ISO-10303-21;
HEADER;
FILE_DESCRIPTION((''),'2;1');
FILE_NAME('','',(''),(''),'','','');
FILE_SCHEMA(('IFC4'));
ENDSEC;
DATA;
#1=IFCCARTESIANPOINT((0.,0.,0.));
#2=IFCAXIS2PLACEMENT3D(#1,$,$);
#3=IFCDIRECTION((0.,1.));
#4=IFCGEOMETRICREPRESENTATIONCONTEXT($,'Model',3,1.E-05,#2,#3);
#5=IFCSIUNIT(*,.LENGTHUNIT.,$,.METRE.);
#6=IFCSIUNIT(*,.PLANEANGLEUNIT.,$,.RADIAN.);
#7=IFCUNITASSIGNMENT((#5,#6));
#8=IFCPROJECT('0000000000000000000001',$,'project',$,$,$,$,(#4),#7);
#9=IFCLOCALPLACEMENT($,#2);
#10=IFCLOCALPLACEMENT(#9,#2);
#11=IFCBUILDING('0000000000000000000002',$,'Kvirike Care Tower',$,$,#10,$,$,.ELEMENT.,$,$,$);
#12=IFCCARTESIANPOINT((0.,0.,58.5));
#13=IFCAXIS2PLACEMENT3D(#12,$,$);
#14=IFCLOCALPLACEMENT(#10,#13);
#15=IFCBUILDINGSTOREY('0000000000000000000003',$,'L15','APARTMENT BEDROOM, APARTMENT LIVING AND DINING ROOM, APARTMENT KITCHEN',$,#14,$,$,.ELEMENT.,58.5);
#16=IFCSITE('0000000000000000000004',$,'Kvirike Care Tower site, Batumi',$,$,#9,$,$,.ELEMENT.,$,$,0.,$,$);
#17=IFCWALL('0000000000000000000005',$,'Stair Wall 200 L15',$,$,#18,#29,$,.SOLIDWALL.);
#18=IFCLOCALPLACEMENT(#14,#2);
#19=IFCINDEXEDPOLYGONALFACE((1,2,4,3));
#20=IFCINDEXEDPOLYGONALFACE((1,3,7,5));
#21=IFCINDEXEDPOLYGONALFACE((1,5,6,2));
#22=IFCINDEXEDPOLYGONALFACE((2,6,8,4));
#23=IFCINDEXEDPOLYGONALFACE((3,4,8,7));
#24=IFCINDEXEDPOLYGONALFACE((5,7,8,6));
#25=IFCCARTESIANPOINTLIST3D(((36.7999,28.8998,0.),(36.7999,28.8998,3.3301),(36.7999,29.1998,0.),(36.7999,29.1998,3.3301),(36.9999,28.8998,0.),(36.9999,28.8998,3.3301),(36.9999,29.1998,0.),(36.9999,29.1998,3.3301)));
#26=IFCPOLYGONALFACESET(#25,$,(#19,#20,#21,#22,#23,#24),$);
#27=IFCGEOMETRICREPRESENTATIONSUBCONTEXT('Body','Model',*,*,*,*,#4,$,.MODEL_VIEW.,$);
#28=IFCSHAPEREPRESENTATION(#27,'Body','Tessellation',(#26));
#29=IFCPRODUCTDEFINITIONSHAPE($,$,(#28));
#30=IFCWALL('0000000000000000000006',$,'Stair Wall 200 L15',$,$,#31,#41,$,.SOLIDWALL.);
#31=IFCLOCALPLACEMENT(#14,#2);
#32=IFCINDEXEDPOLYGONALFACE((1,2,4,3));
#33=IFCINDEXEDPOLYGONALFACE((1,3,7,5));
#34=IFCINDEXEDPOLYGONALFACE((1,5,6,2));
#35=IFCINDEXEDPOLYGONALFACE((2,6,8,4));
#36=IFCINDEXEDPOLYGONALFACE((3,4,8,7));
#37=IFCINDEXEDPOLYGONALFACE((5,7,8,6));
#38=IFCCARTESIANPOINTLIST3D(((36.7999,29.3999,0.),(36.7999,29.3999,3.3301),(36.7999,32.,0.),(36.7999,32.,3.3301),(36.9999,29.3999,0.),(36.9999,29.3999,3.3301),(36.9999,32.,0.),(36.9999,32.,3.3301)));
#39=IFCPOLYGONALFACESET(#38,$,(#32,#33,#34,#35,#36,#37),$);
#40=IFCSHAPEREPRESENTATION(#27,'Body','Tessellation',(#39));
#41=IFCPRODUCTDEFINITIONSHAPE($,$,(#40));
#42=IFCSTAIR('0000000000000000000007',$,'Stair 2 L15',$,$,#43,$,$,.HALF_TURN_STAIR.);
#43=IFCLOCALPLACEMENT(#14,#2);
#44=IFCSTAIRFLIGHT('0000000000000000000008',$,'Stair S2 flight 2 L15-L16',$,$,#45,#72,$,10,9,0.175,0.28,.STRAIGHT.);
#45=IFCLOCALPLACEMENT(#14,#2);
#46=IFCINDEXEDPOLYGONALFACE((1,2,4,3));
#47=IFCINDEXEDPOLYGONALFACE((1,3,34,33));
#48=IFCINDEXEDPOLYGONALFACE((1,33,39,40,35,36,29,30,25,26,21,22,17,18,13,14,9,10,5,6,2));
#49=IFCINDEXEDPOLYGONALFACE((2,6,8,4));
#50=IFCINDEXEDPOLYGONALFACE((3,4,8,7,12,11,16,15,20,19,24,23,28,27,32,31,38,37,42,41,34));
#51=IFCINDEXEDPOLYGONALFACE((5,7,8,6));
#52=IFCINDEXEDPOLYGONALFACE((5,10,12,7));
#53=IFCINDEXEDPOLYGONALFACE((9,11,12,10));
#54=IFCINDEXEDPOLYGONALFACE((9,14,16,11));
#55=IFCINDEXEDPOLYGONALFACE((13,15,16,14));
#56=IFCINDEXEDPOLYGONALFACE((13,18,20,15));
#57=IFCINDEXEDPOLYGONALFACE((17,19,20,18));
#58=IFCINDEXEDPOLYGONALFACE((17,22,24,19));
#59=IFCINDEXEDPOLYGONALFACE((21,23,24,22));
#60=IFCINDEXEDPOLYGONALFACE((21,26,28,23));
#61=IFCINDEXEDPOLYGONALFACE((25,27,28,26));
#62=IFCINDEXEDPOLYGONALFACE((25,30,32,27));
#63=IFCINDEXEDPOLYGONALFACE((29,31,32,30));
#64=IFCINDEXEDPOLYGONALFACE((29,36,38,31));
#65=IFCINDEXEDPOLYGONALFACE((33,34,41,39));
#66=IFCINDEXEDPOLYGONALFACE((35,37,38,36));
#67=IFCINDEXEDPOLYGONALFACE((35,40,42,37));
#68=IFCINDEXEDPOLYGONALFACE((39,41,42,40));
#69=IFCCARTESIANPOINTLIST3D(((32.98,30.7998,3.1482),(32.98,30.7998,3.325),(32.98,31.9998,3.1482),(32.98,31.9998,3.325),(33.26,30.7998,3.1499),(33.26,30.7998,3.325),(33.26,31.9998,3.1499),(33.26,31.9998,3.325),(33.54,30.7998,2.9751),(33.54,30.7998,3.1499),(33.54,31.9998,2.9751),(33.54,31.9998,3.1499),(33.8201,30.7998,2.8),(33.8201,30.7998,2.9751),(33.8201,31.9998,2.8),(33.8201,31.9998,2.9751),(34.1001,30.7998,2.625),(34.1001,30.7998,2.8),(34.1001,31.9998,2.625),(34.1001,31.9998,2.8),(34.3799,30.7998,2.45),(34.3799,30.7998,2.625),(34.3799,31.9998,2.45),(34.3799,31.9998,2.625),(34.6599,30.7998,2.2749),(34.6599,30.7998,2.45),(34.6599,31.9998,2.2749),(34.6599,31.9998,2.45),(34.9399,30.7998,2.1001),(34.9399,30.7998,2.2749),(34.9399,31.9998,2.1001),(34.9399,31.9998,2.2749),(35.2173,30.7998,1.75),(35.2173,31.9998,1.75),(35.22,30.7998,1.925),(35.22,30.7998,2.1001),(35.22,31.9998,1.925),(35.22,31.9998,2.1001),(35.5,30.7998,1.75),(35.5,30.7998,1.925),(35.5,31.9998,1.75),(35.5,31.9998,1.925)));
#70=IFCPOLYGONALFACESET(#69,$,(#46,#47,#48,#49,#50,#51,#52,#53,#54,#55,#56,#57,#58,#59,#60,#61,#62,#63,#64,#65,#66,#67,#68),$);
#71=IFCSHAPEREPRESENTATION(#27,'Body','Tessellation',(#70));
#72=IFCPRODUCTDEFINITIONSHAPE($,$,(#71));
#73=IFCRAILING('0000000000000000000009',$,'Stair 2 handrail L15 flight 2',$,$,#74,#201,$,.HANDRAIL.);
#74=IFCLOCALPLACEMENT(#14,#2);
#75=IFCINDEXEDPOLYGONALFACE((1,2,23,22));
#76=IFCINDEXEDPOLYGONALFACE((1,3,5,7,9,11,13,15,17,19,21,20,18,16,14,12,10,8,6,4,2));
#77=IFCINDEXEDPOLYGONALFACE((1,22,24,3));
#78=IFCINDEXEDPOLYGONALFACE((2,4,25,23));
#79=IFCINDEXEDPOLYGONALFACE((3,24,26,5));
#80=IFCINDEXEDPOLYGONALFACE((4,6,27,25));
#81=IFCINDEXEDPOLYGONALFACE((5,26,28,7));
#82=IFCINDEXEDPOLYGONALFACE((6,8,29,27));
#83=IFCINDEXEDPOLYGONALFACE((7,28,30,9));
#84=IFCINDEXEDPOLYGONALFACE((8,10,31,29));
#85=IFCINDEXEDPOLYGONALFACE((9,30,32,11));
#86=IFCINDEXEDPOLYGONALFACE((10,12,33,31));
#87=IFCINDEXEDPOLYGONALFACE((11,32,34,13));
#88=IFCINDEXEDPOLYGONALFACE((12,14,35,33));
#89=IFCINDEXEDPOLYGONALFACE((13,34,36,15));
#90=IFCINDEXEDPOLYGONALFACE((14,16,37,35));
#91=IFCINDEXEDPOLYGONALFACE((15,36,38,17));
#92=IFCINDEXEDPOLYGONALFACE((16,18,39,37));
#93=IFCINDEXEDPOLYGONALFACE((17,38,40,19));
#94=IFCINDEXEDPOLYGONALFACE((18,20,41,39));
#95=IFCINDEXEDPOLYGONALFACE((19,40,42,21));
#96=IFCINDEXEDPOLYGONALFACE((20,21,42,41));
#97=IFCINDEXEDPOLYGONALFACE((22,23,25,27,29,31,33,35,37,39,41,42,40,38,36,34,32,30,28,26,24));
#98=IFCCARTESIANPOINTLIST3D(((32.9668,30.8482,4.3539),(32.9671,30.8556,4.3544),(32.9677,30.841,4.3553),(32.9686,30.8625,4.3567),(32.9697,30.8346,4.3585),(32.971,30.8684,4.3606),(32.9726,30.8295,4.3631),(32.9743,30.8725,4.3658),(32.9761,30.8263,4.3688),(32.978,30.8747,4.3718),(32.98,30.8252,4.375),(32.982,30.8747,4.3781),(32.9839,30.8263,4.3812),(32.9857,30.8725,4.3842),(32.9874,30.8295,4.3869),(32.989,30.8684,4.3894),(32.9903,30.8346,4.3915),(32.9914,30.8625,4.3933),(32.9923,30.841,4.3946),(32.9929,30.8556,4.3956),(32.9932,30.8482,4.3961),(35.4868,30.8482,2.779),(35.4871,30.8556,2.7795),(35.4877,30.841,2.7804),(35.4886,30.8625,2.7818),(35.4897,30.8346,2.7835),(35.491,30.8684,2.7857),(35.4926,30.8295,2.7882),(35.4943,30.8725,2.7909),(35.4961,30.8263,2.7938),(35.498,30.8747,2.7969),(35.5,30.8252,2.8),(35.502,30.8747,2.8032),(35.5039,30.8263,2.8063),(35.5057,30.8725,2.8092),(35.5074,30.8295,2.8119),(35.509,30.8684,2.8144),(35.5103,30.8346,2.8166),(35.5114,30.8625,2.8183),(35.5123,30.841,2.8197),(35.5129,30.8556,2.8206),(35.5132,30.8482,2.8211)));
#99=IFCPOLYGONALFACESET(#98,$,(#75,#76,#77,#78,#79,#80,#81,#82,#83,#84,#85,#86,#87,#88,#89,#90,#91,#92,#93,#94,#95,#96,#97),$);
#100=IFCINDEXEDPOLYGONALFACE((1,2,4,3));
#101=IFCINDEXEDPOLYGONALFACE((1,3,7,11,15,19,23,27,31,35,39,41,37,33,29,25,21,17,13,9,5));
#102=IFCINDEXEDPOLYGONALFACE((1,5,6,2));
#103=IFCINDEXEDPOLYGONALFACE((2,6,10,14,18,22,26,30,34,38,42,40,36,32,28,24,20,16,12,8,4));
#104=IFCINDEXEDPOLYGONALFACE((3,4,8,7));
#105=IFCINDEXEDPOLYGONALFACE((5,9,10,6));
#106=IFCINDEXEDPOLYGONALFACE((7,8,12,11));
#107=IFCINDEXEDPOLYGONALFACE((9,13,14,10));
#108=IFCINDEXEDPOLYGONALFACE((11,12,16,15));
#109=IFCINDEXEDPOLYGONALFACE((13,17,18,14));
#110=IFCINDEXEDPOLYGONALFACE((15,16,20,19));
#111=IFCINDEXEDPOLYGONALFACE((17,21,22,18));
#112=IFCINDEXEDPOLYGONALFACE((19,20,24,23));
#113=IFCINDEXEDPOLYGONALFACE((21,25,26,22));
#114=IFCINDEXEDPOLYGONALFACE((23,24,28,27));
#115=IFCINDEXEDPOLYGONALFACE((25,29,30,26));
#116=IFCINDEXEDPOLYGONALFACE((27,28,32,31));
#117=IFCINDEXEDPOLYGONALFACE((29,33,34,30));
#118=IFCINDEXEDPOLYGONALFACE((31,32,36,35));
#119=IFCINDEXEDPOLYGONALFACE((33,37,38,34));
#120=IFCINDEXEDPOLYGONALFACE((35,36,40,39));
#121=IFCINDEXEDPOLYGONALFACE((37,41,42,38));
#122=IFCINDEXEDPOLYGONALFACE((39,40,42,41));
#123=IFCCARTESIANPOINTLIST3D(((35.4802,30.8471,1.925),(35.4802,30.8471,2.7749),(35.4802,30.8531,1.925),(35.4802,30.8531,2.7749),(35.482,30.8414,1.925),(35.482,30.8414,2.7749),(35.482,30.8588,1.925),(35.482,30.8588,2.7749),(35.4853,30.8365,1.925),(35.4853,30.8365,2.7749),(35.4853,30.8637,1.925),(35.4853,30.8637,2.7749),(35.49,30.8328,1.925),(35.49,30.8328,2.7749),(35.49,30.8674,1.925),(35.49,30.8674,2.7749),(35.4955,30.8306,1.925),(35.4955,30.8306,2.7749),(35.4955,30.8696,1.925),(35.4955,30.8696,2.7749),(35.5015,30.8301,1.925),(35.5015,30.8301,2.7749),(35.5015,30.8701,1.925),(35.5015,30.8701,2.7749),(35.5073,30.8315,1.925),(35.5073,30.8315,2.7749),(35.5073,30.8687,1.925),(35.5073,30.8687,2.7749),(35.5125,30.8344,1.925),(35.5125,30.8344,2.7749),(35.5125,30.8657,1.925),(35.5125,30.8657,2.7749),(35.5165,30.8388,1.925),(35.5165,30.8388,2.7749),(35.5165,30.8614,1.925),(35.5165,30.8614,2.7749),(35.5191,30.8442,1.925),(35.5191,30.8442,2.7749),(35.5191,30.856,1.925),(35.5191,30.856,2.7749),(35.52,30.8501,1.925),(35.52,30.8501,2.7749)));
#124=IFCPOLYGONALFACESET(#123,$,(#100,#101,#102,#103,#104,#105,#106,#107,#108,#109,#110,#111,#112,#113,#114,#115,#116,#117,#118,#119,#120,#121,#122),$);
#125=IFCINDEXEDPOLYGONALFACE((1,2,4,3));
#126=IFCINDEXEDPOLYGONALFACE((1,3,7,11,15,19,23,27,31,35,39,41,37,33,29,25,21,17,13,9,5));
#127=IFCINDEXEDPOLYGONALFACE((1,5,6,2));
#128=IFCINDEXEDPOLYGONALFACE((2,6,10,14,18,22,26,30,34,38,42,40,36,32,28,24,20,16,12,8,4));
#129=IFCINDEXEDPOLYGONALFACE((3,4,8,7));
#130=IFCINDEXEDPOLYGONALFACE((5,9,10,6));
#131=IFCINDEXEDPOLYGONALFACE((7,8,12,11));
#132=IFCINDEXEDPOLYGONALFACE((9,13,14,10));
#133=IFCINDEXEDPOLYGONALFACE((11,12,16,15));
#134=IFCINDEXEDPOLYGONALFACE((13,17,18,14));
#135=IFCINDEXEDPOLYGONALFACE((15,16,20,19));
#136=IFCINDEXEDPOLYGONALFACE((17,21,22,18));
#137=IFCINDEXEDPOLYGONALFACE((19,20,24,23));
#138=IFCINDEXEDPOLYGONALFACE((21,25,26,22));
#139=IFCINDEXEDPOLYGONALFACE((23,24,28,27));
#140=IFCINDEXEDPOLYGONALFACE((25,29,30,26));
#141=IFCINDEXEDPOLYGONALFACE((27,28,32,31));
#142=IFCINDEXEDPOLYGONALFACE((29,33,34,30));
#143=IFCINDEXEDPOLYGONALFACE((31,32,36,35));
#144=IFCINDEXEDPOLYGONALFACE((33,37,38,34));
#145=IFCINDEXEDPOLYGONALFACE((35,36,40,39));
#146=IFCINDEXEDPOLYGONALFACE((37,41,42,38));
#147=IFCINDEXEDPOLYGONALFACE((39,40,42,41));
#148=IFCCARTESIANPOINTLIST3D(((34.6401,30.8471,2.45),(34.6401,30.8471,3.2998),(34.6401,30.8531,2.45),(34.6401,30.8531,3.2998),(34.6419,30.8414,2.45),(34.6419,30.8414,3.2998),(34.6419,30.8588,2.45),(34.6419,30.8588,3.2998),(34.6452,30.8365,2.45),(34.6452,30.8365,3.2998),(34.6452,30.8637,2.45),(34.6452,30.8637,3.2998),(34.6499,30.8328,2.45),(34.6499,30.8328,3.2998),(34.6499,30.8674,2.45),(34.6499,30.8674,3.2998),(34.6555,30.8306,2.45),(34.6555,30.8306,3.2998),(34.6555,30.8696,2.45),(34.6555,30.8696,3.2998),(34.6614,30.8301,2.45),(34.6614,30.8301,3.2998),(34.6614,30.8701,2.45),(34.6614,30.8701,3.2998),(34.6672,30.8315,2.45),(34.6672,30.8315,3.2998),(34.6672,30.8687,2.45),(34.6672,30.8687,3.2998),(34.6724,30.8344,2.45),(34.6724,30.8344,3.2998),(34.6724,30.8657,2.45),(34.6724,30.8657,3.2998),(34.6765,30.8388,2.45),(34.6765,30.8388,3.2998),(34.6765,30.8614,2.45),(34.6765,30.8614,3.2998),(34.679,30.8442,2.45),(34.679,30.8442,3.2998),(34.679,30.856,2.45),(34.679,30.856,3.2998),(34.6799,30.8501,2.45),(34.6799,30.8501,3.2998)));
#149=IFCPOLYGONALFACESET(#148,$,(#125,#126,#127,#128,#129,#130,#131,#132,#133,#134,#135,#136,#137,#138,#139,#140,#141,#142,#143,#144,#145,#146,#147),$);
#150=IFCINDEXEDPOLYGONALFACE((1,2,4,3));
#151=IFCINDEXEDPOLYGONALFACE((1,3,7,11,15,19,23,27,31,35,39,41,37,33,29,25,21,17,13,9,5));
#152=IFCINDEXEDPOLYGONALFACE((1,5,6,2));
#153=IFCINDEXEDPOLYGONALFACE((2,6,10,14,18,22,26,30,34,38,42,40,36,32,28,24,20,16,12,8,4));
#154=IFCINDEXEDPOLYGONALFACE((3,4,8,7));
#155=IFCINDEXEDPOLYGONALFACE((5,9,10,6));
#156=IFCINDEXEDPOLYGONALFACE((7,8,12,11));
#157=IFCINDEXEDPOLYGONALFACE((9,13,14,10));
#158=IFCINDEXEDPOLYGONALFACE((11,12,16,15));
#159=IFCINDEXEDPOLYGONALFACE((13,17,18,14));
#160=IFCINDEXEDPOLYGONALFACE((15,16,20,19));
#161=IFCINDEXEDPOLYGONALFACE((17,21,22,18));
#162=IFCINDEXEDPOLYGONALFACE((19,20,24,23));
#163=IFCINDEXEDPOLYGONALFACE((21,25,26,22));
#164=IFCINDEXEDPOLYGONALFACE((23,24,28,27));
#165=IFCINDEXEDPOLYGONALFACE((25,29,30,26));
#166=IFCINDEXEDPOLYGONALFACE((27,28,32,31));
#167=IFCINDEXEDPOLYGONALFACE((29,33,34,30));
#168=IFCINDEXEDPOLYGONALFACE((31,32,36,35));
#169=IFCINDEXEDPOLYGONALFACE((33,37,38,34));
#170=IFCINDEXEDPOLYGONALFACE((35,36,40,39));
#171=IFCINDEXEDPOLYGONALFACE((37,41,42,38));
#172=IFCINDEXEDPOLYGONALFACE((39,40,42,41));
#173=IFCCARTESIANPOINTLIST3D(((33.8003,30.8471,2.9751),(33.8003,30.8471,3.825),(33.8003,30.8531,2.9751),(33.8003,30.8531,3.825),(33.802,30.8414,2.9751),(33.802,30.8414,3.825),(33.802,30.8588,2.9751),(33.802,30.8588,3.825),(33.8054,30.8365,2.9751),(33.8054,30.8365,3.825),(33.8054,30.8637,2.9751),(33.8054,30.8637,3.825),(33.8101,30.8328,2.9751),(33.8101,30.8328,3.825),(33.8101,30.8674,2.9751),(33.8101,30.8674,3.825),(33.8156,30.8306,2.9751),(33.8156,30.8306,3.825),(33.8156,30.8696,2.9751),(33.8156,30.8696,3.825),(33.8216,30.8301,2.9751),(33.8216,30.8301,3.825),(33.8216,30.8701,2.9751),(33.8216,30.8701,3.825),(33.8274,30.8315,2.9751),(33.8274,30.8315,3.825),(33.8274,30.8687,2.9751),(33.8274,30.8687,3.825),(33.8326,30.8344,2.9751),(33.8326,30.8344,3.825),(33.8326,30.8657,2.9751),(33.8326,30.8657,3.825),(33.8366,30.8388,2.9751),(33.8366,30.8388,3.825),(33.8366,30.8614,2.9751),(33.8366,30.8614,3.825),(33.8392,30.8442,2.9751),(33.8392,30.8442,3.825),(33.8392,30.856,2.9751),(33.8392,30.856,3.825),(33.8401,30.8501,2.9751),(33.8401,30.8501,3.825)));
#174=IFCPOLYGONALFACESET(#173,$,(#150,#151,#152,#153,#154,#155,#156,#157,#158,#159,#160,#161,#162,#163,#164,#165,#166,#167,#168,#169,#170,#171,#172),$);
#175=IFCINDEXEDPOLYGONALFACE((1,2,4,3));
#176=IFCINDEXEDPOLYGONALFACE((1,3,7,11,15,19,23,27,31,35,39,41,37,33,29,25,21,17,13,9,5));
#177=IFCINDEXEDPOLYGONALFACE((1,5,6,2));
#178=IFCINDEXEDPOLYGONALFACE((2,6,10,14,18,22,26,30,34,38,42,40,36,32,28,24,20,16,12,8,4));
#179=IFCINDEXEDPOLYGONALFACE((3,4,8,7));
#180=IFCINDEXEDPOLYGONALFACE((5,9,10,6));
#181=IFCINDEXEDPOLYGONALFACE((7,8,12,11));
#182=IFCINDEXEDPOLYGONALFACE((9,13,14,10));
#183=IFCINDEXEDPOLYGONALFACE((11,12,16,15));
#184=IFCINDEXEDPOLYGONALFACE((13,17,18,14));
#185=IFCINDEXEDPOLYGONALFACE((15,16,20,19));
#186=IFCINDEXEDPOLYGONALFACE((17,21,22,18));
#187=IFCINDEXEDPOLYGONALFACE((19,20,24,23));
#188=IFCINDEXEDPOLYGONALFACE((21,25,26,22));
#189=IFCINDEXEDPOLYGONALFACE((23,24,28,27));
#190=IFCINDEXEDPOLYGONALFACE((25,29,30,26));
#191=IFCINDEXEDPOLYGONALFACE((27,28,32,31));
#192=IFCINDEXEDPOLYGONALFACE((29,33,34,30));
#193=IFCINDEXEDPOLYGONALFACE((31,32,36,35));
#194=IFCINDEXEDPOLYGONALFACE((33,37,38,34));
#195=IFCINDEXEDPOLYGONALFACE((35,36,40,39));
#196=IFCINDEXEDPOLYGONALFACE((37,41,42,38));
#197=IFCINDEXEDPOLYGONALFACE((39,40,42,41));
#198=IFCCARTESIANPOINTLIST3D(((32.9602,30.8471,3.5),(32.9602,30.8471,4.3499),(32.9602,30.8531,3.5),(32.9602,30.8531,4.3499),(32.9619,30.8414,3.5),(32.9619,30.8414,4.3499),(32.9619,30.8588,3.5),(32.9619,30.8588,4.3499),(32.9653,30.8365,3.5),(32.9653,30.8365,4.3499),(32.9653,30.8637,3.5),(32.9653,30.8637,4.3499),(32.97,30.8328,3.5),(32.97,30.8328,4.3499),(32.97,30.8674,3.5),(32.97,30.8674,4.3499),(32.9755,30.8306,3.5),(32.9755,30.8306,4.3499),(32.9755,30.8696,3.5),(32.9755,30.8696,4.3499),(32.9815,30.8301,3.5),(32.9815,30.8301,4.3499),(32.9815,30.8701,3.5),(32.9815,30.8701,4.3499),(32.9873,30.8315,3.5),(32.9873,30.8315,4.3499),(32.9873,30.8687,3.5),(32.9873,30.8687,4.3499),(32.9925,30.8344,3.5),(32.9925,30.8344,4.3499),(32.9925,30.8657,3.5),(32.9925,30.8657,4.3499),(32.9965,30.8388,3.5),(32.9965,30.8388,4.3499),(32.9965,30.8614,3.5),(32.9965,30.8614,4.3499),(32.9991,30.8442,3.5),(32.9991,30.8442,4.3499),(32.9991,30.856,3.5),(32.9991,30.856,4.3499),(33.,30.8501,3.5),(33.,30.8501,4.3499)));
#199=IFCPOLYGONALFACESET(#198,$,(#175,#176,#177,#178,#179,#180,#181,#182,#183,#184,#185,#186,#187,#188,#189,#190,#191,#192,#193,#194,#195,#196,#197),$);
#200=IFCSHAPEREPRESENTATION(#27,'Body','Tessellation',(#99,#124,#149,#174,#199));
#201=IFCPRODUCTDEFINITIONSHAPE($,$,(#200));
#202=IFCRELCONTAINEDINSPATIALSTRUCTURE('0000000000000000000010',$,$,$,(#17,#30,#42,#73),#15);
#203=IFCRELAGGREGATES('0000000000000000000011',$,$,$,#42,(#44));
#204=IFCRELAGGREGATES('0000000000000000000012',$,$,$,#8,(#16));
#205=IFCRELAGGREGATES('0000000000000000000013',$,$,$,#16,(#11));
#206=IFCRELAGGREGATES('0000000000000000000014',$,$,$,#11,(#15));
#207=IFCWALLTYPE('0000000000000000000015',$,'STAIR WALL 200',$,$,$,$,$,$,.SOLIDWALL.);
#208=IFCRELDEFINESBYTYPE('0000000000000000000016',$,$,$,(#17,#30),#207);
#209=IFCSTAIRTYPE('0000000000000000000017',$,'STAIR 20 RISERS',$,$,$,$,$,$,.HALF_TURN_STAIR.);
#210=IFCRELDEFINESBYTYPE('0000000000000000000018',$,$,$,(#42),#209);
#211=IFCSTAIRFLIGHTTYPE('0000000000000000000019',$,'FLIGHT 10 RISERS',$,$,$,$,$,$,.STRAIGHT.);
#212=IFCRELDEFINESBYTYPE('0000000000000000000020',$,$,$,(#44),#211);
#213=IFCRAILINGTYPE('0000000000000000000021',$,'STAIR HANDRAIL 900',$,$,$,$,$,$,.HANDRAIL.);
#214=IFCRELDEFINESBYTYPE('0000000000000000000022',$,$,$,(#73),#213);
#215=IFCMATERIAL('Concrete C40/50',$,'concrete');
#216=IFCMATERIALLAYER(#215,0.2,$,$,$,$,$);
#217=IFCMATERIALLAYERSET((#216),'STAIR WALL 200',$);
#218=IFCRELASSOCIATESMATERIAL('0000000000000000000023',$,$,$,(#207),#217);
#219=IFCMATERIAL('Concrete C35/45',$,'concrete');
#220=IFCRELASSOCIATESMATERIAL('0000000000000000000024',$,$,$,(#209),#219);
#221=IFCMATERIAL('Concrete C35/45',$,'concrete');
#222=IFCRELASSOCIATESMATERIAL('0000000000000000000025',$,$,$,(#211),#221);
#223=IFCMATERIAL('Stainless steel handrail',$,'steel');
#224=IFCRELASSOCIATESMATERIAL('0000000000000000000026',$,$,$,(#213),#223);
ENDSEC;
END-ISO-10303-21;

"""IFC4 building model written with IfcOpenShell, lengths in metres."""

from ifc_helpers import new_model, si_unit, direction, frame, frame_2d, origin, origin_2d, place, context, subcontext, project, spatial, polyline, rectangle, circle, outline, extrude, material, layer, layer_set, type_object, element, aggregate, save


model = new_model("IFC4")

# Units and contexts
model_context = context("Model", 3, precision=1e-05, world=origin(), true_north=direction((0.0, 1.0)))
body_context = subcontext(model_context, "Body", "Model", "MODEL_VIEW")
ifc_project = project(units=[si_unit("LENGTHUNIT", "METRE"), si_unit("PLANEANGLEUNIT", "RADIAN")], contexts=[model_context])

# Site, building, storey
site_placement = place(None, origin())
site = spatial("IfcSite", under=ifc_project, at=site_placement, Name="Kvirike Care Tower site, Batumi", CompositionType="ELEMENT", RefElevation=0.0)
building_placement = place(site_placement, origin())
building = spatial("IfcBuilding", under=site, at=building_placement, Name="Kvirike Care Tower", CompositionType="ELEMENT")
storey_placement = place(building_placement, frame((0.0, 0.0, 58.5)))
storey = spatial("IfcBuildingStorey", under=building, at=storey_placement, Name="L15", Description="APARTMENT BEDROOM, APARTMENT LIVING AND DINING ROOM, APARTMENT KITCHEN", CompositionType="ELEMENT", Elevation=58.5)

# Walls
ifc_material_1 = material(Name="Concrete C40/50", Category="concrete")
ifc_layer_1 = layer(ifc_material_1, 0.2)
ifc_layer_set_1 = layer_set([ifc_layer_1], Name="STAIR WALL 200")
wall_type_1 = type_object("IfcWallType", Name="STAIR WALL 200", PredefinedType="SOLIDWALL", material=ifc_layer_set_1)
wall_1_placement = place(storey_placement, frame((36.8999, 28.8999, 0.0), z_axis=(0.0, 0.0, 1.0), x_axis=(0.0, 1.0, 0.0)))
element("IfcWall", 1, at=wall_1_placement, inside=storey, type_object=wall_type_1, Name="Stair Wall 200 L15", PredefinedType="SOLIDWALL", context=body_context, shape_type="SweptSolid", body=[
    extrude(rectangle(XDim=0.3, YDim=0.2, at=frame_2d((0.1499, 0.0))), origin(), (0.0, 0.0, 1.0), 3.3301),
])
wall_2_placement = place(storey_placement, frame((36.8999, 29.3999, 0.0), z_axis=(0.0, 0.0, 1.0), x_axis=(0.0, 1.0, 0.0)))
element("IfcWall", 2, at=wall_2_placement, inside=storey, type_object=wall_type_1, Name="Stair Wall 200 L15", PredefinedType="SOLIDWALL", context=body_context, shape_type="SweptSolid", body=[
    extrude(rectangle(XDim=2.6001, YDim=0.2, at=frame_2d((1.3, 0.0))), origin(), (0.0, 0.0, 1.0), 3.3301),
])

# Stair, stair flight
ifc_material_2 = material(Name="Concrete C35/45", Category="concrete")
stair_type = type_object("IfcStairType", Name="STAIR 20 RISERS", PredefinedType="HALF_TURN_STAIR", material=ifc_material_2)
stair_placement = place(storey_placement, origin())
stair = element("IfcStair", 3, at=stair_placement, inside=storey, type_object=stair_type, Name="Stair 2 L15", PredefinedType="HALF_TURN_STAIR")
ifc_material_3 = material(Name="Concrete C35/45", Category="concrete")
stair_flight_type = type_object("IfcStairFlightType", Name="FLIGHT 10 RISERS", PredefinedType="STRAIGHT", material=ifc_material_3)
stair_flight_placement = place(storey_placement, frame((35.5, 31.3999, 1.75), z_axis=(0.0, 0.0, 1.0), x_axis=(-1.0, 0.0, 0.0)))
stair_flight = element("IfcStairFlight", 4, at=stair_flight_placement, type_object=stair_flight_type, Name="Stair S2 flight 2 L15-L16", NumberOfRisers=10, NumberOfTreads=9, PredefinedType="STRAIGHT", RiserHeight=0.175, TreadLength=0.28, context=body_context, shape_type="SweptSolid", body=[
    extrude(outline(polyline([(0.0, 0.0), (0.0, 0.175), (0.28, 0.175), (0.28, 0.3501), (0.5601, 0.3501), (0.5601, 0.5249), (0.8401, 0.5249), (0.8401, 0.7), (1.1201, 0.7), (1.1201, 0.875), (1.3999, 0.875), (1.3999, 1.05), (1.6799, 1.05), (1.6799, 1.2251), (1.96, 1.2251), (1.96, 1.3999), (2.24, 1.3999), (2.24, 1.575), (2.52, 1.575), (2.52, 1.75), (2.52, 1.3982), (0.2827, 0.0), (0.0, 0.0)])), frame((0.0, 0.6001, 0.0), z_axis=(0.0, -1.0, 0.0), x_axis=(1.0, 0.0, 0.0)), (0.0, 0.0, 1.0), 1.2),
])
aggregate(stair, [stair_flight])

# Railing
ifc_material_4 = material(Name="Stainless steel handrail", Category="steel")
railing_type = type_object("IfcRailingType", Name="STAIR HANDRAIL 900", PredefinedType="HANDRAIL", material=ifc_material_4)
railing_placement = place(storey_placement, frame((35.5, 30.8501, 1.925)))
element("IfcRailing", 5, at=railing_placement, inside=storey, type_object=railing_type, Name="Stair 2 handrail L15 flight 2", PredefinedType="HANDRAIL", context=body_context, shape_type="SweptSolid", body=[
    extrude(circle(Radius=0.0249, at=origin_2d()), frame((0.0, 0.0, 0.875), z_axis=(-0.848008, 0.0, 0.529984), x_axis=(0.0, -1.0, 0.0)), (0.0, 0.0, 1.0), 2.9717),
    extrude(circle(Radius=0.02, at=origin_2d()), origin(), (0.0, 0.0, 1.0), 0.8499),
    extrude(circle(Radius=0.02, at=origin_2d()), frame((-0.8401, 0.0, 0.5249)), (0.0, 0.0, 1.0), 0.8499),
    extrude(circle(Radius=0.02, at=origin_2d()), frame((-1.6799, 0.0, 1.05)), (0.0, 0.0, 1.0), 0.8499),
    extrude(circle(Radius=0.02, at=origin_2d()), frame((-2.52, 0.0, 1.575)), (0.0, 0.0, 1.0), 0.8499),
])

save(model, "model.ifc")
